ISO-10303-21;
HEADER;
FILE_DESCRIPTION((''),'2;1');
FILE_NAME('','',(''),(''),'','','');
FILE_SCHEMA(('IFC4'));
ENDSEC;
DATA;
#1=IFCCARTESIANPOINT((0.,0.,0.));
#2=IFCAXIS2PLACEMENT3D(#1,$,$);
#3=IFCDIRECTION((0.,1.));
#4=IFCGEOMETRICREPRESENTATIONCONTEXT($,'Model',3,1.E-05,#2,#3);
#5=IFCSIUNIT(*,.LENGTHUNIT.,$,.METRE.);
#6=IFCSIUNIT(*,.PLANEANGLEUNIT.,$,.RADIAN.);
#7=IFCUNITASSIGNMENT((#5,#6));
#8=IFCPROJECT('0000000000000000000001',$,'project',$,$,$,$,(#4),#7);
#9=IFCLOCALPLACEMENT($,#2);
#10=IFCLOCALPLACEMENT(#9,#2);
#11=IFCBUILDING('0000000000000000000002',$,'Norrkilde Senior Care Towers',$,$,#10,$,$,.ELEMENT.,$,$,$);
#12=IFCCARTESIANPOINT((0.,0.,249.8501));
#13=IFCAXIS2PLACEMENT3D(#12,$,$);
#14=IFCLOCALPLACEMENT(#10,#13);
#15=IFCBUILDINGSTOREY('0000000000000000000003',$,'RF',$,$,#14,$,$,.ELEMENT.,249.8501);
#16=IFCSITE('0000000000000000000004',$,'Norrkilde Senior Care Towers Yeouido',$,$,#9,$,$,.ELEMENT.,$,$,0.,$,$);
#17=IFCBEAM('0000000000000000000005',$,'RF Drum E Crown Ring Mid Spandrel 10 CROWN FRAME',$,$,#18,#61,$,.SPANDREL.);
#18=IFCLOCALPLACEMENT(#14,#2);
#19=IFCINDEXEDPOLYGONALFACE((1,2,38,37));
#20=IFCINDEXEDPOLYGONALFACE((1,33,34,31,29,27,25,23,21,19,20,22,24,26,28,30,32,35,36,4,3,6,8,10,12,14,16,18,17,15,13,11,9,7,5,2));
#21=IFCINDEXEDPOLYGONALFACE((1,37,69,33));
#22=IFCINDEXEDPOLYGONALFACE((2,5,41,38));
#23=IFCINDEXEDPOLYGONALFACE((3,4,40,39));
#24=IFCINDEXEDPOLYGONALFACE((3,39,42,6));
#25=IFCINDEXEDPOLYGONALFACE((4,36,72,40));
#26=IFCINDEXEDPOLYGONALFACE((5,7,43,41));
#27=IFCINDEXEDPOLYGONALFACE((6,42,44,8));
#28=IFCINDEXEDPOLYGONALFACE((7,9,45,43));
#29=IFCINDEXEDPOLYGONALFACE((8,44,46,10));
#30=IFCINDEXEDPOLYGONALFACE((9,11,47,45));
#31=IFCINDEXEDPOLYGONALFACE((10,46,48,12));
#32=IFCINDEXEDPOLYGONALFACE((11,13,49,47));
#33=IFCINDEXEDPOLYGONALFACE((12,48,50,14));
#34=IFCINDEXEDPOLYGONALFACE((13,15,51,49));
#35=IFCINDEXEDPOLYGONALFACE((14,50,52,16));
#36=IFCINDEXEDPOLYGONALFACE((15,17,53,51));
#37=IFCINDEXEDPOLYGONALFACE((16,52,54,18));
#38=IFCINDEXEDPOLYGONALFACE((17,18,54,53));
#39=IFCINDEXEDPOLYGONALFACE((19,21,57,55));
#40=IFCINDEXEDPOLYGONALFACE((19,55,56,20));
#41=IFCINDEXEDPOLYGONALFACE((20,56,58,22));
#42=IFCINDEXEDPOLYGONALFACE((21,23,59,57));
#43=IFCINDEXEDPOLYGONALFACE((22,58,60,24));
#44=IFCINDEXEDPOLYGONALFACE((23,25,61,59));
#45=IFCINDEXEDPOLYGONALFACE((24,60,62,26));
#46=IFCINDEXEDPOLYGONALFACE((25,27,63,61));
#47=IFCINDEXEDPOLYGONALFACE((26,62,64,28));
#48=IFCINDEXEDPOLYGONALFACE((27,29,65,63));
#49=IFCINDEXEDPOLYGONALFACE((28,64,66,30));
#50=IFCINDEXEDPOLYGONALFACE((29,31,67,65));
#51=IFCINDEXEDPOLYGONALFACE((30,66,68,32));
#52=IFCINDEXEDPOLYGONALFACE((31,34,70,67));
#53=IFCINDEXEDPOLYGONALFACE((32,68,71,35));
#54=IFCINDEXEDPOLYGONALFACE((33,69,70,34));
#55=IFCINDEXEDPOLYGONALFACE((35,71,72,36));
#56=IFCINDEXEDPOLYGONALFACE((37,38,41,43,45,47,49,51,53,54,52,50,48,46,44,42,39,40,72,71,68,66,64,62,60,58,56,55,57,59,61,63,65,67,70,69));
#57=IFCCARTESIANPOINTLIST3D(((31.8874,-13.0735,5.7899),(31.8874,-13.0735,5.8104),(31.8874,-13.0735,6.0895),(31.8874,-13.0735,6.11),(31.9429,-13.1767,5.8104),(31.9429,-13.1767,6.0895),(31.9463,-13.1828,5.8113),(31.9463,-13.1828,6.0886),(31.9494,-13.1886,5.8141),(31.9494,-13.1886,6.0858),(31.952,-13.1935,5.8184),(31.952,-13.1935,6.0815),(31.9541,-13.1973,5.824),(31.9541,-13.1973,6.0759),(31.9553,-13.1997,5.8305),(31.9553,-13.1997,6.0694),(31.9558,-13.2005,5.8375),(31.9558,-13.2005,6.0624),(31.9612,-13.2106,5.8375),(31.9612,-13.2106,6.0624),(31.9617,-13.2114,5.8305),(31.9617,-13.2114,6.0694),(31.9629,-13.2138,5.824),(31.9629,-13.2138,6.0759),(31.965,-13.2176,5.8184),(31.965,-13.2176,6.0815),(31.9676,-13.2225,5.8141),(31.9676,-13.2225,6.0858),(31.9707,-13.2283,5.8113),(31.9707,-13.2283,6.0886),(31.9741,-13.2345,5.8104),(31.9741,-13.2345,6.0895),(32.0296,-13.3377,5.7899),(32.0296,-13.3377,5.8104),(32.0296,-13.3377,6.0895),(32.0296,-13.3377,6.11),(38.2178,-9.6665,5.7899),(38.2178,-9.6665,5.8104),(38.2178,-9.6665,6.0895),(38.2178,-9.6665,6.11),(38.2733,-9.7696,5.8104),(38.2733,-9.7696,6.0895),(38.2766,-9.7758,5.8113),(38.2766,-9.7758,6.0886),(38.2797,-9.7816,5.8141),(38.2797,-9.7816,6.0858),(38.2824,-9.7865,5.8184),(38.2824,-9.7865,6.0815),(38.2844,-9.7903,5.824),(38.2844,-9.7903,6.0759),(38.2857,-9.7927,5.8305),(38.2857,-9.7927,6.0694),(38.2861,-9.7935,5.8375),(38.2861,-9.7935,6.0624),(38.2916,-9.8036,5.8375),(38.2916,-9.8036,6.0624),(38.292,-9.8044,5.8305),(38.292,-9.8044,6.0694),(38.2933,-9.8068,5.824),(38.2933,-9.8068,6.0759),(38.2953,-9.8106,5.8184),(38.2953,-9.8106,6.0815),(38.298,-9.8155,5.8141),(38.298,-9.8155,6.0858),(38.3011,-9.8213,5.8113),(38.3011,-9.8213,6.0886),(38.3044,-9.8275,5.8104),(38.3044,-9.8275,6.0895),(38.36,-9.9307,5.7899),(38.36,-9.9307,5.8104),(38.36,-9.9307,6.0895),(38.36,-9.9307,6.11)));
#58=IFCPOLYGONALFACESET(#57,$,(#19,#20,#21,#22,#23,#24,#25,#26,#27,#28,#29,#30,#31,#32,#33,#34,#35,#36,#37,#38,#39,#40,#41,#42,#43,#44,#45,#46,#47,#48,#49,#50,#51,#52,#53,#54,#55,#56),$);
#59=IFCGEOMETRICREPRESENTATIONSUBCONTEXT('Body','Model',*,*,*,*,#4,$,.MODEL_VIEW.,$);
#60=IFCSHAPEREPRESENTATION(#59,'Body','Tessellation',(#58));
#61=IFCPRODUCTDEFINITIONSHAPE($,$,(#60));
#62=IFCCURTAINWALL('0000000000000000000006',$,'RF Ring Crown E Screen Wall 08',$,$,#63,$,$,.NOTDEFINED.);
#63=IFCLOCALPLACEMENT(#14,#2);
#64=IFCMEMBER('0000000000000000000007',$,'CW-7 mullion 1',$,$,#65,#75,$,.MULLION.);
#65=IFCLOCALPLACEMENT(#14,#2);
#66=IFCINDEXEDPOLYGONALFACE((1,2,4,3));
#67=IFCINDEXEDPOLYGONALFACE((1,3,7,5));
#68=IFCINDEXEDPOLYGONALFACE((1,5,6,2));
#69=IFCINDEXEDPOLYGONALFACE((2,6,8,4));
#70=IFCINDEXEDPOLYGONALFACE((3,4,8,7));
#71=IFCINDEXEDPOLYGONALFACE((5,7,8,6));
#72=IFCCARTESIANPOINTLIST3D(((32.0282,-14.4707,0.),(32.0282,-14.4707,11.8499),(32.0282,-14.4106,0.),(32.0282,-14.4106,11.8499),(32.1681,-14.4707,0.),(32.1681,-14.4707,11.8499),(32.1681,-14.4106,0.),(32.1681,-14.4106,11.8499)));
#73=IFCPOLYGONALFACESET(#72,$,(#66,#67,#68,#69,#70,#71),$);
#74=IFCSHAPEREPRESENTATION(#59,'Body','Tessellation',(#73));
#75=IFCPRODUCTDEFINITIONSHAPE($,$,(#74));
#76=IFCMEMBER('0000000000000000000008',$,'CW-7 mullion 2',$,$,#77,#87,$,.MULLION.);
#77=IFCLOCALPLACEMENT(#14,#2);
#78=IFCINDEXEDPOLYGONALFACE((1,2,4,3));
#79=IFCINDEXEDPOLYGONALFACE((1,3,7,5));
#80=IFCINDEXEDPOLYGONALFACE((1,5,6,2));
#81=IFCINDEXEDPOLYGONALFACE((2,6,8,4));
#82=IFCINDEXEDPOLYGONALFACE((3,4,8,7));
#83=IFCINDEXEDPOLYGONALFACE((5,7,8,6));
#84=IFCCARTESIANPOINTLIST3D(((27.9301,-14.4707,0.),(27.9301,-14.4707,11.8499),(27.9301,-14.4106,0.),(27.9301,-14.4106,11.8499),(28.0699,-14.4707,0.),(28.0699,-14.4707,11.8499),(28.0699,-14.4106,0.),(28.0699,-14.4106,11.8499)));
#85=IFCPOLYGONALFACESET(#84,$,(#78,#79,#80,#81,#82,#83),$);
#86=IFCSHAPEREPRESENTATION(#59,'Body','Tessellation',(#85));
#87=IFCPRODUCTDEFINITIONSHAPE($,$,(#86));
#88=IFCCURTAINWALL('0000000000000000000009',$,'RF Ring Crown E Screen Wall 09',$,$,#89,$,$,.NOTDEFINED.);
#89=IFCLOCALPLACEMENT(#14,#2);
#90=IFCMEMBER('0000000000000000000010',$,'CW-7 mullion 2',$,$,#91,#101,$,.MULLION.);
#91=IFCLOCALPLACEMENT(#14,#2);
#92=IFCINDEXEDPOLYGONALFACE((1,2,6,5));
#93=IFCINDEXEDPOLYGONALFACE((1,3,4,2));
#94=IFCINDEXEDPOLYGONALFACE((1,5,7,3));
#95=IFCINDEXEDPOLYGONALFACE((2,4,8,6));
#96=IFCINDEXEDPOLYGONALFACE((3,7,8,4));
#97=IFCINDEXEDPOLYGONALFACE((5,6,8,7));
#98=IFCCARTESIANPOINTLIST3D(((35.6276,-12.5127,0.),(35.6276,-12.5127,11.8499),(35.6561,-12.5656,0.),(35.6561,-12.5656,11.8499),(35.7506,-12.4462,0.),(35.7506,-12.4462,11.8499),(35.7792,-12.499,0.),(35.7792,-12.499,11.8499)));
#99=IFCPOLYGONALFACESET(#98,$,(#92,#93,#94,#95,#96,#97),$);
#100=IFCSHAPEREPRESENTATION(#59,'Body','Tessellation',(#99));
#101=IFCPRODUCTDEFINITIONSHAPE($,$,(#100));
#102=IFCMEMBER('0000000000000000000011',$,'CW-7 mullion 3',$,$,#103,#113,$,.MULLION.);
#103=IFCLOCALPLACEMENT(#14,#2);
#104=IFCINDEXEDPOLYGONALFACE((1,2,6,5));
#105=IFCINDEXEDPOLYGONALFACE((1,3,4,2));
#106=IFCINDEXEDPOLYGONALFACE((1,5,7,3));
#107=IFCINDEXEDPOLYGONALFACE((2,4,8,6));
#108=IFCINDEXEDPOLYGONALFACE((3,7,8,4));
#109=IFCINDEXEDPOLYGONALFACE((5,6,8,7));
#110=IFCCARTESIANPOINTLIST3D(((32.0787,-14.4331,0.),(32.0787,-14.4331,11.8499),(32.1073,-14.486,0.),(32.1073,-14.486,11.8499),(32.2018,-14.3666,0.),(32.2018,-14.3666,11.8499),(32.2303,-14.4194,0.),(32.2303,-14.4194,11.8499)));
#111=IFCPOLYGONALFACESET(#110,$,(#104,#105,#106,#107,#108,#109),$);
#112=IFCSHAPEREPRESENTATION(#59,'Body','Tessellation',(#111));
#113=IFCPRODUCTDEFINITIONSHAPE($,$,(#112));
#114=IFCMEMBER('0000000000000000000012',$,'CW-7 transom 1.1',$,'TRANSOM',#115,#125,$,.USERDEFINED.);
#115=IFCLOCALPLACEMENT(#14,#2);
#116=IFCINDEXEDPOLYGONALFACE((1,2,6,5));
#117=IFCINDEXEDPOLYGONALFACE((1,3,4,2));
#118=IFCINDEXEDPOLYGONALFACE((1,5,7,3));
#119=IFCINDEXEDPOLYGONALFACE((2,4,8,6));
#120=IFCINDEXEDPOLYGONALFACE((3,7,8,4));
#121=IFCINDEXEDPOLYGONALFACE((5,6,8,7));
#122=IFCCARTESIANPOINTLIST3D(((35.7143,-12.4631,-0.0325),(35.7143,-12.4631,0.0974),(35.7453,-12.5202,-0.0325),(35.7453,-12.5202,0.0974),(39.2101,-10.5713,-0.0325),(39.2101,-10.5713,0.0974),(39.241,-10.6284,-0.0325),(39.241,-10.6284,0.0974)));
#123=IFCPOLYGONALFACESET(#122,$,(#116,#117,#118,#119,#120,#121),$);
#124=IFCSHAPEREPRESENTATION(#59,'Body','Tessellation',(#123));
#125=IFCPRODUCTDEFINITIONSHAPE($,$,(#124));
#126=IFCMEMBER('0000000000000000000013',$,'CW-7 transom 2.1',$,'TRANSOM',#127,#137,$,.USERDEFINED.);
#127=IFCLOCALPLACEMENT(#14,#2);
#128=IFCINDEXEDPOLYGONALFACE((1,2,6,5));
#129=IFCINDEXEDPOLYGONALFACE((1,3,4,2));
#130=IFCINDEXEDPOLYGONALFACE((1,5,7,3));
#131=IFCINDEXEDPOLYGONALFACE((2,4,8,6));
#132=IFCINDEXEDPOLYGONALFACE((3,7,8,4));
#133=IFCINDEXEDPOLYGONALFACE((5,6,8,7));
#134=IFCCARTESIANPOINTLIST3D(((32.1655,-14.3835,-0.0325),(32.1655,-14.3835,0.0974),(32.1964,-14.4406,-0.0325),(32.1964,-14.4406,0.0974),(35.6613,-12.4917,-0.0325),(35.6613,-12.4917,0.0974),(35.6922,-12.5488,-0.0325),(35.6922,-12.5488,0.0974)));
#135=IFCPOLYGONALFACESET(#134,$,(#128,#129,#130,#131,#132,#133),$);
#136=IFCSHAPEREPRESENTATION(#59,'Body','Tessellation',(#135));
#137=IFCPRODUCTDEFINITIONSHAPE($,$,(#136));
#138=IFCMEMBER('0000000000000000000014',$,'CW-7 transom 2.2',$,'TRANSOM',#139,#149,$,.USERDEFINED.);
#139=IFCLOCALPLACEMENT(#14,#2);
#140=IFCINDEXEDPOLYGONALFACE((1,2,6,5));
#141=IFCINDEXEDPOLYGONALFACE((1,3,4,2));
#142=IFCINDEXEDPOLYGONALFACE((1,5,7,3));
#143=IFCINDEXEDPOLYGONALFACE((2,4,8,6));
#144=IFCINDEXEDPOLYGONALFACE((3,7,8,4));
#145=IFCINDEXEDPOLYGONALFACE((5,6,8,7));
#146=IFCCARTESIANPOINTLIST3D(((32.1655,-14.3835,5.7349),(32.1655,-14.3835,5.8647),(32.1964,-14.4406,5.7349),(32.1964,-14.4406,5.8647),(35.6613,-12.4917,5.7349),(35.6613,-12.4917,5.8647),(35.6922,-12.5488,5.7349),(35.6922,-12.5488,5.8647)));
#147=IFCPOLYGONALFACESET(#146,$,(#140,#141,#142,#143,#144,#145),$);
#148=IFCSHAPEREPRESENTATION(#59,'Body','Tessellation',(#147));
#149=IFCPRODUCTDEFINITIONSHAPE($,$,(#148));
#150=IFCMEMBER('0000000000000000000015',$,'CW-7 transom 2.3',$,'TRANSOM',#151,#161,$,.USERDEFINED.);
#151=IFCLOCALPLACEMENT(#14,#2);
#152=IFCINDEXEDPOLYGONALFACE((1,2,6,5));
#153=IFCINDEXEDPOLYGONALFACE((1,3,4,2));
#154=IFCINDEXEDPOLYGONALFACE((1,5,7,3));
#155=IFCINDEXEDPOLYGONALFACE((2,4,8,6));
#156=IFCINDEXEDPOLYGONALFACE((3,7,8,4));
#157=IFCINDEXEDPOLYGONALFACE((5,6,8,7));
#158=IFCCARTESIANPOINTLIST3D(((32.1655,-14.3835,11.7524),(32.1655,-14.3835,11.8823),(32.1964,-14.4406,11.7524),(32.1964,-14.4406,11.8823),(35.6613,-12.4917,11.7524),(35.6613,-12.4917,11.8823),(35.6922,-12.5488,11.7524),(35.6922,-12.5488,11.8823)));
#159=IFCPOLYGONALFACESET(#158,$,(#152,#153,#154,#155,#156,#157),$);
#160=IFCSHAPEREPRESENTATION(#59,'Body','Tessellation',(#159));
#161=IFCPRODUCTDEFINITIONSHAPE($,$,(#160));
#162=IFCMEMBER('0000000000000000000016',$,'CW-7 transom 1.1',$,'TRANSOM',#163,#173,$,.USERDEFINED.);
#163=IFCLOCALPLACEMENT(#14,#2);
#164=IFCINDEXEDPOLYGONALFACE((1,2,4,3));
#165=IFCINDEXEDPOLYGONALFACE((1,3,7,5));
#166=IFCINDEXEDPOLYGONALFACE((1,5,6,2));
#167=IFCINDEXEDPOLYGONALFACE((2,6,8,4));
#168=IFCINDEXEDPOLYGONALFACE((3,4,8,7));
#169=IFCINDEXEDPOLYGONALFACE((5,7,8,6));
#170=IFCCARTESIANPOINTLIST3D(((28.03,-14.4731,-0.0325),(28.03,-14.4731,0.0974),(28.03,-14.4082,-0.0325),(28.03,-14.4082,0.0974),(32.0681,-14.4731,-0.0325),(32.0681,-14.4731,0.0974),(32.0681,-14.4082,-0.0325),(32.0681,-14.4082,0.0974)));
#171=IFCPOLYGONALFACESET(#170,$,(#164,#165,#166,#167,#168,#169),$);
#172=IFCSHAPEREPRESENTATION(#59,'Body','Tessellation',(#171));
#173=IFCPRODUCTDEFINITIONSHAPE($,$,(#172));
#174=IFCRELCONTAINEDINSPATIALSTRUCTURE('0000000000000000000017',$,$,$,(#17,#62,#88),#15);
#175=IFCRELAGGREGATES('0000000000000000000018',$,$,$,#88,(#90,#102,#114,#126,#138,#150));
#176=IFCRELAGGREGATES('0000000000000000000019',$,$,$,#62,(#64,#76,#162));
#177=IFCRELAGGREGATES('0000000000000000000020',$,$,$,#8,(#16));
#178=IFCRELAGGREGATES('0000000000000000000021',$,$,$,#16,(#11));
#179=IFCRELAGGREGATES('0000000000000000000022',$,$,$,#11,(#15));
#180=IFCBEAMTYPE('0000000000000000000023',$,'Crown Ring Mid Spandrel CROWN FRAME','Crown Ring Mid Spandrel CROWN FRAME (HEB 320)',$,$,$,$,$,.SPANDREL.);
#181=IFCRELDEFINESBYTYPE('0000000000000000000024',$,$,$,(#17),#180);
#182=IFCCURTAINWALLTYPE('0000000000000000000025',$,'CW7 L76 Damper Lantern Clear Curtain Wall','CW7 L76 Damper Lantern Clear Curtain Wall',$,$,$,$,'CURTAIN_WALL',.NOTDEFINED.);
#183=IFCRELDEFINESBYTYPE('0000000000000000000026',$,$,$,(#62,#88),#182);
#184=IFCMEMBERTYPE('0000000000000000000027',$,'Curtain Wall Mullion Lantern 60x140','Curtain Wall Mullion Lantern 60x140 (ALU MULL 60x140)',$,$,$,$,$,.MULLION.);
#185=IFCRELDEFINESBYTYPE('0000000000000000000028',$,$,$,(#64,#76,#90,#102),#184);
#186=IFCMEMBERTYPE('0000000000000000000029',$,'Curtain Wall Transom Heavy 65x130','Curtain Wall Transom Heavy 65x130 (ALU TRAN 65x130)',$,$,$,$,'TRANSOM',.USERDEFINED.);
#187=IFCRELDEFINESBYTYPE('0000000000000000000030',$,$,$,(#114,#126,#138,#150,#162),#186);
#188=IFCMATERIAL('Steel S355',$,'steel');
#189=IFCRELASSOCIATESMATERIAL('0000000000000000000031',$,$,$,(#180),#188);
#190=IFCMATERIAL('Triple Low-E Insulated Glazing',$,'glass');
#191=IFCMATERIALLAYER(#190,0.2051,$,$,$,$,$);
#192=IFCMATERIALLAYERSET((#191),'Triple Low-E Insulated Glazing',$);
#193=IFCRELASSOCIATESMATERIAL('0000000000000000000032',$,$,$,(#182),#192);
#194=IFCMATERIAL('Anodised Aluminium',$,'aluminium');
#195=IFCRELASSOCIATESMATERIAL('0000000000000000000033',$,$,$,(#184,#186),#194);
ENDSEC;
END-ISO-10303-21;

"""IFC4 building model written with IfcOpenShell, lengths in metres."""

from ifc_helpers import new_model, si_unit, direction, frame, origin, origin_2d, place, context, subcontext, project, spatial, rectangle, i_section, extrude, source, transform, mapped, material, layer, layer_set, material_profile, profile_set, type_object, type_shapes, element, aggregate, save


model = new_model("IFC4")

# Units and contexts
model_context = context("Model", 3, precision=1e-05, world=origin(), true_north=direction((0.0, 1.0)))
body_context = subcontext(model_context, "Body", "Model", "MODEL_VIEW")
ifc_project = project(units=[si_unit("LENGTHUNIT", "METRE"), si_unit("PLANEANGLEUNIT", "RADIAN")], contexts=[model_context])

# Site, building, storey
site_placement = place(None, origin())
site = spatial("IfcSite", under=ifc_project, at=site_placement, Name="Norrkilde Senior Care Towers Yeouido", CompositionType="ELEMENT", RefElevation=0.0)
building_placement = place(site_placement, origin())
building = spatial("IfcBuilding", under=site, at=building_placement, Name="Norrkilde Senior Care Towers", CompositionType="ELEMENT")
storey_placement = place(building_placement, frame((0.0, 0.0, 249.8501)))
storey = spatial("IfcBuildingStorey", under=building, at=storey_placement, Name="RF", CompositionType="ELEMENT", Elevation=249.8501)

# Shared definitions
ifc_material_1 = material(Name="Steel S355", Category="steel")

# Shared definitions
ifc_material_profile_1 = material_profile(ifc_material_1, i_section(OverallWidth=0.3, OverallDepth=0.3201, WebThickness=0.0115, FlangeThickness=0.0205, FilletRadius=0.0271, at=origin_2d()), Name="HEB 320")
ifc_profile_set_1 = profile_set([ifc_material_profile_1], Name="Steel S355")
beam_type_1 = type_object("IfcBeamType", Name="Crown Ring Mid Spandrel CROWN FRAME", Description="Crown Ring Mid Spandrel CROWN FRAME (HEB 320)", PredefinedType="SPANDREL", material=ifc_profile_set_1)

# Beam
shared_shape_1 = source(origin(), body_context, "Body", "SweptSolid", [
    extrude(i_section(OverallWidth=0.3, OverallDepth=0.3201, WebThickness=0.0115, FlangeThickness=0.0205, FilletRadius=0.0271, at=origin_2d()), origin(), (0.0, 0.0, 1.0), 7.189),
])
beam_1_placement = place(storey_placement, frame((31.9585, -13.2056, 5.95), z_axis=(0.880567, 0.473922, 0.0), x_axis=(-0.473922, 0.880567, 0.0)))
element("IfcBeam", 1, at=beam_1_placement, inside=storey, type_object=beam_type_1, Name="RF Drum E Crown Ring Mid Spandrel 10 CROWN FRAME", PredefinedType="SPANDREL", context=body_context, shape_type="MappedRepresentation", body=[
    mapped(shared_shape_1, transform((0.0, 0.0, 0.0), x_axis=(1.0, 0.0, 0.0), y_axis=(0.0, 1.0, 0.0), z_axis=(0.0, 0.0, 1.0), scale=1.0)),
])

# Curtain walls, members
ifc_material_2 = material(Name="Triple Low-E Insulated Glazing", Category="glass")
ifc_layer_1 = layer(ifc_material_2, 0.2051)
ifc_layer_set_1 = layer_set([ifc_layer_1], Name="Triple Low-E Insulated Glazing")
curtain_wall_type = type_object("IfcCurtainWallType", Name="CW7 L76 Damper Lantern Clear Curtain Wall", Description="CW7 L76 Damper Lantern Clear Curtain Wall", ElementType="CURTAIN_WALL", PredefinedType="NOTDEFINED", material=ifc_layer_set_1)
curtain_wall_1_placement = place(storey_placement, origin())
curtain_wall_1 = element("IfcCurtainWall", 2, at=curtain_wall_1_placement, inside=storey, type_object=curtain_wall_type, Name="RF Ring Crown E Screen Wall 08", PredefinedType="NOTDEFINED")
ifc_material_3 = material(Name="Anodised Aluminium", Category="aluminium")
ifc_material_profile_2 = material_profile(ifc_material_3, rectangle(XDim=0.0601, YDim=0.1399, at=origin_2d()), Name="ALU MULL 60x140")
ifc_profile_set_2 = profile_set([ifc_material_profile_2], Name="Anodised Aluminium")
member_type_1 = type_object("IfcMemberType", Name="Curtain Wall Mullion Lantern 60x140", Description="Curtain Wall Mullion Lantern 60x140 (ALU MULL 60x140)", PredefinedType="MULLION", material=ifc_profile_set_2)
shared_shape_2 = source(origin(), body_context, "Body", "SweptSolid", [
    extrude(rectangle(XDim=0.0601, YDim=0.1399, at=origin_2d()), origin(), (0.0, 0.0, 1.0), 11.8499),
])
type_shapes(member_type_1, [shared_shape_2])
member_1_placement = place(storey_placement, frame((32.0981, -14.4407, 0.0), z_axis=(0.0, 0.0, 1.0), x_axis=(0.0, -1.0, 0.0)))
member_1 = element("IfcMember", 3, at=member_1_placement, type_object=member_type_1, Name="CW-7 mullion 1", PredefinedType="MULLION", context=body_context, shape_type="MappedRepresentation", body=[
    mapped(shared_shape_2, transform((0.0, 0.0, 0.0), x_axis=(1.0, 0.0, 0.0), y_axis=(0.0, 1.0, 0.0), z_axis=(0.0, 0.0, 1.0), scale=1.0)),
])
member_2_placement = place(storey_placement, frame((28.0, -14.4407, 0.0), z_axis=(0.0, 0.0, 1.0), x_axis=(0.0, -1.0, 0.0)))
member_2 = element("IfcMember", 4, at=member_2_placement, type_object=member_type_1, Name="CW-7 mullion 2", PredefinedType="MULLION", context=body_context, shape_type="MappedRepresentation", body=[
    mapped(shared_shape_2, transform((0.0, 0.0, 0.0), x_axis=(1.0, 0.0, 0.0), y_axis=(0.0, 1.0, 0.0), z_axis=(0.0, 0.0, 1.0), scale=1.0)),
])
curtain_wall_2_placement = place(storey_placement, origin())
curtain_wall_2 = element("IfcCurtainWall", 5, at=curtain_wall_2_placement, inside=storey, type_object=curtain_wall_type, Name="RF Ring Crown E Screen Wall 09", PredefinedType="NOTDEFINED")
member_3_placement = place(storey_placement, frame((35.7034, -12.5059, 0.0), z_axis=(0.0, 0.0, 1.0), x_axis=(0.475934, -0.879481, 0.0)))
member_3 = element("IfcMember", 6, at=member_3_placement, type_object=member_type_1, Name="CW-7 mullion 2", PredefinedType="MULLION", context=body_context, shape_type="MappedRepresentation", body=[
    mapped(shared_shape_2, transform((0.0, 0.0, 0.0), x_axis=(1.0, 0.0, 0.0), y_axis=(0.0, 1.0, 0.0), z_axis=(0.0, 0.0, 1.0), scale=1.0)),
])
member_4_placement = place(storey_placement, frame((32.1545, -14.4263, 0.0), z_axis=(0.0, 0.0, 1.0), x_axis=(0.475934, -0.879481, 0.0)))
member_4 = element("IfcMember", 7, at=member_4_placement, type_object=member_type_1, Name="CW-7 mullion 3", PredefinedType="MULLION", context=body_context, shape_type="MappedRepresentation", body=[
    mapped(shared_shape_2, transform((0.0, 0.0, 0.0), x_axis=(1.0, 0.0, 0.0), y_axis=(0.0, 1.0, 0.0), z_axis=(0.0, 0.0, 1.0), scale=1.0)),
])
ifc_material_profile_3 = material_profile(ifc_material_3, rectangle(XDim=0.0649, YDim=0.1299, at=origin_2d()), Name="ALU TRAN 65x130")
ifc_profile_set_3 = profile_set([ifc_material_profile_3], Name="Anodised Aluminium")
member_type_2 = type_object("IfcMemberType", Name="Curtain Wall Transom Heavy 65x130", Description="Curtain Wall Transom Heavy 65x130 (ALU TRAN 65x130)", ElementType="TRANSOM", PredefinedType="USERDEFINED", material=ifc_profile_set_3)
shared_shape_3 = source(origin(), body_context, "Body", "SweptSolid", [
    extrude(rectangle(XDim=0.0649, YDim=0.1299, at=origin_2d()), origin(), (0.0, 0.0, 1.0), 3.9749),
])
member_5_placement = place(storey_placement, frame((39.2256, -10.5999, 0.0325), z_axis=(-0.879475, -0.475945, 0.0), x_axis=(0.475945, -0.879475, 0.0)))
member_5 = element("IfcMember", 8, at=member_5_placement, type_object=member_type_2, Name="CW-7 transom 1.1", ObjectType="TRANSOM", PredefinedType="USERDEFINED", context=body_context, shape_type="MappedRepresentation", body=[
    mapped(shared_shape_3, transform((0.0, 0.0, 0.0), x_axis=(1.0, 0.0, 0.0), y_axis=(0.0, 1.0, 0.0), z_axis=(0.0, 0.0, 1.0), scale=1.0)),
])
member_6_placement = place(storey_placement, frame((35.6768, -12.5203, 0.0325), z_axis=(-0.879475, -0.475945, 0.0), x_axis=(0.475945, -0.879475, 0.0)))
member_6 = element("IfcMember", 9, at=member_6_placement, type_object=member_type_2, Name="CW-7 transom 2.1", ObjectType="TRANSOM", PredefinedType="USERDEFINED", context=body_context, shape_type="MappedRepresentation", body=[
    mapped(shared_shape_3, transform((0.0, 0.0, 0.0), x_axis=(1.0, 0.0, 0.0), y_axis=(0.0, 1.0, 0.0), z_axis=(0.0, 0.0, 1.0), scale=1.0)),
])
member_7_placement = place(storey_placement, frame((35.6768, -12.5203, 5.7998), z_axis=(-0.879475, -0.475945, 0.0), x_axis=(0.475945, -0.879475, 0.0)))
member_7 = element("IfcMember", 10, at=member_7_placement, type_object=member_type_2, Name="CW-7 transom 2.2", ObjectType="TRANSOM", PredefinedType="USERDEFINED", context=body_context, shape_type="MappedRepresentation", body=[
    mapped(shared_shape_3, transform((0.0, 0.0, 0.0), x_axis=(1.0, 0.0, 0.0), y_axis=(0.0, 1.0, 0.0), z_axis=(0.0, 0.0, 1.0), scale=1.0)),
])
member_8_placement = place(storey_placement, frame((35.6768, -12.5203, 11.8174), z_axis=(-0.879475, -0.475945, 0.0), x_axis=(0.475945, -0.879475, 0.0)))
member_8 = element("IfcMember", 11, at=member_8_placement, type_object=member_type_2, Name="CW-7 transom 2.3", ObjectType="TRANSOM", PredefinedType="USERDEFINED", context=body_context, shape_type="MappedRepresentation", body=[
    mapped(shared_shape_3, transform((0.0, 0.0, 0.0), x_axis=(1.0, 0.0, 0.0), y_axis=(0.0, 1.0, 0.0), z_axis=(0.0, 0.0, 1.0), scale=1.0)),
])

# Member
shared_shape_4 = source(origin(), body_context, "Body", "SweptSolid", [
    extrude(rectangle(XDim=0.0649, YDim=0.1299, at=origin_2d()), origin(), (0.0, 0.0, 1.0), 4.0381),
])
type_shapes(member_type_2, [shared_shape_3, shared_shape_4])
member_9_placement = place(storey_placement, frame((32.0681, -14.4407, 0.0325), z_axis=(-1.0, 0.0, 0.0), x_axis=(0.0, -1.0, 0.0)))
member_9 = element("IfcMember", 12, at=member_9_placement, type_object=member_type_2, Name="CW-7 transom 1.1", ObjectType="TRANSOM", PredefinedType="USERDEFINED", context=body_context, shape_type="MappedRepresentation", body=[
    mapped(shared_shape_4, transform((0.0, 0.0, 0.0), x_axis=(1.0, 0.0, 0.0), y_axis=(0.0, 1.0, 0.0), z_axis=(0.0, 0.0, 1.0), scale=1.0)),
])

aggregate(curtain_wall_2, [member_3, member_4, member_5, member_6, member_7, member_8])
aggregate(curtain_wall_1, [member_1, member_2, member_9])

save(model, "model.ifc")
